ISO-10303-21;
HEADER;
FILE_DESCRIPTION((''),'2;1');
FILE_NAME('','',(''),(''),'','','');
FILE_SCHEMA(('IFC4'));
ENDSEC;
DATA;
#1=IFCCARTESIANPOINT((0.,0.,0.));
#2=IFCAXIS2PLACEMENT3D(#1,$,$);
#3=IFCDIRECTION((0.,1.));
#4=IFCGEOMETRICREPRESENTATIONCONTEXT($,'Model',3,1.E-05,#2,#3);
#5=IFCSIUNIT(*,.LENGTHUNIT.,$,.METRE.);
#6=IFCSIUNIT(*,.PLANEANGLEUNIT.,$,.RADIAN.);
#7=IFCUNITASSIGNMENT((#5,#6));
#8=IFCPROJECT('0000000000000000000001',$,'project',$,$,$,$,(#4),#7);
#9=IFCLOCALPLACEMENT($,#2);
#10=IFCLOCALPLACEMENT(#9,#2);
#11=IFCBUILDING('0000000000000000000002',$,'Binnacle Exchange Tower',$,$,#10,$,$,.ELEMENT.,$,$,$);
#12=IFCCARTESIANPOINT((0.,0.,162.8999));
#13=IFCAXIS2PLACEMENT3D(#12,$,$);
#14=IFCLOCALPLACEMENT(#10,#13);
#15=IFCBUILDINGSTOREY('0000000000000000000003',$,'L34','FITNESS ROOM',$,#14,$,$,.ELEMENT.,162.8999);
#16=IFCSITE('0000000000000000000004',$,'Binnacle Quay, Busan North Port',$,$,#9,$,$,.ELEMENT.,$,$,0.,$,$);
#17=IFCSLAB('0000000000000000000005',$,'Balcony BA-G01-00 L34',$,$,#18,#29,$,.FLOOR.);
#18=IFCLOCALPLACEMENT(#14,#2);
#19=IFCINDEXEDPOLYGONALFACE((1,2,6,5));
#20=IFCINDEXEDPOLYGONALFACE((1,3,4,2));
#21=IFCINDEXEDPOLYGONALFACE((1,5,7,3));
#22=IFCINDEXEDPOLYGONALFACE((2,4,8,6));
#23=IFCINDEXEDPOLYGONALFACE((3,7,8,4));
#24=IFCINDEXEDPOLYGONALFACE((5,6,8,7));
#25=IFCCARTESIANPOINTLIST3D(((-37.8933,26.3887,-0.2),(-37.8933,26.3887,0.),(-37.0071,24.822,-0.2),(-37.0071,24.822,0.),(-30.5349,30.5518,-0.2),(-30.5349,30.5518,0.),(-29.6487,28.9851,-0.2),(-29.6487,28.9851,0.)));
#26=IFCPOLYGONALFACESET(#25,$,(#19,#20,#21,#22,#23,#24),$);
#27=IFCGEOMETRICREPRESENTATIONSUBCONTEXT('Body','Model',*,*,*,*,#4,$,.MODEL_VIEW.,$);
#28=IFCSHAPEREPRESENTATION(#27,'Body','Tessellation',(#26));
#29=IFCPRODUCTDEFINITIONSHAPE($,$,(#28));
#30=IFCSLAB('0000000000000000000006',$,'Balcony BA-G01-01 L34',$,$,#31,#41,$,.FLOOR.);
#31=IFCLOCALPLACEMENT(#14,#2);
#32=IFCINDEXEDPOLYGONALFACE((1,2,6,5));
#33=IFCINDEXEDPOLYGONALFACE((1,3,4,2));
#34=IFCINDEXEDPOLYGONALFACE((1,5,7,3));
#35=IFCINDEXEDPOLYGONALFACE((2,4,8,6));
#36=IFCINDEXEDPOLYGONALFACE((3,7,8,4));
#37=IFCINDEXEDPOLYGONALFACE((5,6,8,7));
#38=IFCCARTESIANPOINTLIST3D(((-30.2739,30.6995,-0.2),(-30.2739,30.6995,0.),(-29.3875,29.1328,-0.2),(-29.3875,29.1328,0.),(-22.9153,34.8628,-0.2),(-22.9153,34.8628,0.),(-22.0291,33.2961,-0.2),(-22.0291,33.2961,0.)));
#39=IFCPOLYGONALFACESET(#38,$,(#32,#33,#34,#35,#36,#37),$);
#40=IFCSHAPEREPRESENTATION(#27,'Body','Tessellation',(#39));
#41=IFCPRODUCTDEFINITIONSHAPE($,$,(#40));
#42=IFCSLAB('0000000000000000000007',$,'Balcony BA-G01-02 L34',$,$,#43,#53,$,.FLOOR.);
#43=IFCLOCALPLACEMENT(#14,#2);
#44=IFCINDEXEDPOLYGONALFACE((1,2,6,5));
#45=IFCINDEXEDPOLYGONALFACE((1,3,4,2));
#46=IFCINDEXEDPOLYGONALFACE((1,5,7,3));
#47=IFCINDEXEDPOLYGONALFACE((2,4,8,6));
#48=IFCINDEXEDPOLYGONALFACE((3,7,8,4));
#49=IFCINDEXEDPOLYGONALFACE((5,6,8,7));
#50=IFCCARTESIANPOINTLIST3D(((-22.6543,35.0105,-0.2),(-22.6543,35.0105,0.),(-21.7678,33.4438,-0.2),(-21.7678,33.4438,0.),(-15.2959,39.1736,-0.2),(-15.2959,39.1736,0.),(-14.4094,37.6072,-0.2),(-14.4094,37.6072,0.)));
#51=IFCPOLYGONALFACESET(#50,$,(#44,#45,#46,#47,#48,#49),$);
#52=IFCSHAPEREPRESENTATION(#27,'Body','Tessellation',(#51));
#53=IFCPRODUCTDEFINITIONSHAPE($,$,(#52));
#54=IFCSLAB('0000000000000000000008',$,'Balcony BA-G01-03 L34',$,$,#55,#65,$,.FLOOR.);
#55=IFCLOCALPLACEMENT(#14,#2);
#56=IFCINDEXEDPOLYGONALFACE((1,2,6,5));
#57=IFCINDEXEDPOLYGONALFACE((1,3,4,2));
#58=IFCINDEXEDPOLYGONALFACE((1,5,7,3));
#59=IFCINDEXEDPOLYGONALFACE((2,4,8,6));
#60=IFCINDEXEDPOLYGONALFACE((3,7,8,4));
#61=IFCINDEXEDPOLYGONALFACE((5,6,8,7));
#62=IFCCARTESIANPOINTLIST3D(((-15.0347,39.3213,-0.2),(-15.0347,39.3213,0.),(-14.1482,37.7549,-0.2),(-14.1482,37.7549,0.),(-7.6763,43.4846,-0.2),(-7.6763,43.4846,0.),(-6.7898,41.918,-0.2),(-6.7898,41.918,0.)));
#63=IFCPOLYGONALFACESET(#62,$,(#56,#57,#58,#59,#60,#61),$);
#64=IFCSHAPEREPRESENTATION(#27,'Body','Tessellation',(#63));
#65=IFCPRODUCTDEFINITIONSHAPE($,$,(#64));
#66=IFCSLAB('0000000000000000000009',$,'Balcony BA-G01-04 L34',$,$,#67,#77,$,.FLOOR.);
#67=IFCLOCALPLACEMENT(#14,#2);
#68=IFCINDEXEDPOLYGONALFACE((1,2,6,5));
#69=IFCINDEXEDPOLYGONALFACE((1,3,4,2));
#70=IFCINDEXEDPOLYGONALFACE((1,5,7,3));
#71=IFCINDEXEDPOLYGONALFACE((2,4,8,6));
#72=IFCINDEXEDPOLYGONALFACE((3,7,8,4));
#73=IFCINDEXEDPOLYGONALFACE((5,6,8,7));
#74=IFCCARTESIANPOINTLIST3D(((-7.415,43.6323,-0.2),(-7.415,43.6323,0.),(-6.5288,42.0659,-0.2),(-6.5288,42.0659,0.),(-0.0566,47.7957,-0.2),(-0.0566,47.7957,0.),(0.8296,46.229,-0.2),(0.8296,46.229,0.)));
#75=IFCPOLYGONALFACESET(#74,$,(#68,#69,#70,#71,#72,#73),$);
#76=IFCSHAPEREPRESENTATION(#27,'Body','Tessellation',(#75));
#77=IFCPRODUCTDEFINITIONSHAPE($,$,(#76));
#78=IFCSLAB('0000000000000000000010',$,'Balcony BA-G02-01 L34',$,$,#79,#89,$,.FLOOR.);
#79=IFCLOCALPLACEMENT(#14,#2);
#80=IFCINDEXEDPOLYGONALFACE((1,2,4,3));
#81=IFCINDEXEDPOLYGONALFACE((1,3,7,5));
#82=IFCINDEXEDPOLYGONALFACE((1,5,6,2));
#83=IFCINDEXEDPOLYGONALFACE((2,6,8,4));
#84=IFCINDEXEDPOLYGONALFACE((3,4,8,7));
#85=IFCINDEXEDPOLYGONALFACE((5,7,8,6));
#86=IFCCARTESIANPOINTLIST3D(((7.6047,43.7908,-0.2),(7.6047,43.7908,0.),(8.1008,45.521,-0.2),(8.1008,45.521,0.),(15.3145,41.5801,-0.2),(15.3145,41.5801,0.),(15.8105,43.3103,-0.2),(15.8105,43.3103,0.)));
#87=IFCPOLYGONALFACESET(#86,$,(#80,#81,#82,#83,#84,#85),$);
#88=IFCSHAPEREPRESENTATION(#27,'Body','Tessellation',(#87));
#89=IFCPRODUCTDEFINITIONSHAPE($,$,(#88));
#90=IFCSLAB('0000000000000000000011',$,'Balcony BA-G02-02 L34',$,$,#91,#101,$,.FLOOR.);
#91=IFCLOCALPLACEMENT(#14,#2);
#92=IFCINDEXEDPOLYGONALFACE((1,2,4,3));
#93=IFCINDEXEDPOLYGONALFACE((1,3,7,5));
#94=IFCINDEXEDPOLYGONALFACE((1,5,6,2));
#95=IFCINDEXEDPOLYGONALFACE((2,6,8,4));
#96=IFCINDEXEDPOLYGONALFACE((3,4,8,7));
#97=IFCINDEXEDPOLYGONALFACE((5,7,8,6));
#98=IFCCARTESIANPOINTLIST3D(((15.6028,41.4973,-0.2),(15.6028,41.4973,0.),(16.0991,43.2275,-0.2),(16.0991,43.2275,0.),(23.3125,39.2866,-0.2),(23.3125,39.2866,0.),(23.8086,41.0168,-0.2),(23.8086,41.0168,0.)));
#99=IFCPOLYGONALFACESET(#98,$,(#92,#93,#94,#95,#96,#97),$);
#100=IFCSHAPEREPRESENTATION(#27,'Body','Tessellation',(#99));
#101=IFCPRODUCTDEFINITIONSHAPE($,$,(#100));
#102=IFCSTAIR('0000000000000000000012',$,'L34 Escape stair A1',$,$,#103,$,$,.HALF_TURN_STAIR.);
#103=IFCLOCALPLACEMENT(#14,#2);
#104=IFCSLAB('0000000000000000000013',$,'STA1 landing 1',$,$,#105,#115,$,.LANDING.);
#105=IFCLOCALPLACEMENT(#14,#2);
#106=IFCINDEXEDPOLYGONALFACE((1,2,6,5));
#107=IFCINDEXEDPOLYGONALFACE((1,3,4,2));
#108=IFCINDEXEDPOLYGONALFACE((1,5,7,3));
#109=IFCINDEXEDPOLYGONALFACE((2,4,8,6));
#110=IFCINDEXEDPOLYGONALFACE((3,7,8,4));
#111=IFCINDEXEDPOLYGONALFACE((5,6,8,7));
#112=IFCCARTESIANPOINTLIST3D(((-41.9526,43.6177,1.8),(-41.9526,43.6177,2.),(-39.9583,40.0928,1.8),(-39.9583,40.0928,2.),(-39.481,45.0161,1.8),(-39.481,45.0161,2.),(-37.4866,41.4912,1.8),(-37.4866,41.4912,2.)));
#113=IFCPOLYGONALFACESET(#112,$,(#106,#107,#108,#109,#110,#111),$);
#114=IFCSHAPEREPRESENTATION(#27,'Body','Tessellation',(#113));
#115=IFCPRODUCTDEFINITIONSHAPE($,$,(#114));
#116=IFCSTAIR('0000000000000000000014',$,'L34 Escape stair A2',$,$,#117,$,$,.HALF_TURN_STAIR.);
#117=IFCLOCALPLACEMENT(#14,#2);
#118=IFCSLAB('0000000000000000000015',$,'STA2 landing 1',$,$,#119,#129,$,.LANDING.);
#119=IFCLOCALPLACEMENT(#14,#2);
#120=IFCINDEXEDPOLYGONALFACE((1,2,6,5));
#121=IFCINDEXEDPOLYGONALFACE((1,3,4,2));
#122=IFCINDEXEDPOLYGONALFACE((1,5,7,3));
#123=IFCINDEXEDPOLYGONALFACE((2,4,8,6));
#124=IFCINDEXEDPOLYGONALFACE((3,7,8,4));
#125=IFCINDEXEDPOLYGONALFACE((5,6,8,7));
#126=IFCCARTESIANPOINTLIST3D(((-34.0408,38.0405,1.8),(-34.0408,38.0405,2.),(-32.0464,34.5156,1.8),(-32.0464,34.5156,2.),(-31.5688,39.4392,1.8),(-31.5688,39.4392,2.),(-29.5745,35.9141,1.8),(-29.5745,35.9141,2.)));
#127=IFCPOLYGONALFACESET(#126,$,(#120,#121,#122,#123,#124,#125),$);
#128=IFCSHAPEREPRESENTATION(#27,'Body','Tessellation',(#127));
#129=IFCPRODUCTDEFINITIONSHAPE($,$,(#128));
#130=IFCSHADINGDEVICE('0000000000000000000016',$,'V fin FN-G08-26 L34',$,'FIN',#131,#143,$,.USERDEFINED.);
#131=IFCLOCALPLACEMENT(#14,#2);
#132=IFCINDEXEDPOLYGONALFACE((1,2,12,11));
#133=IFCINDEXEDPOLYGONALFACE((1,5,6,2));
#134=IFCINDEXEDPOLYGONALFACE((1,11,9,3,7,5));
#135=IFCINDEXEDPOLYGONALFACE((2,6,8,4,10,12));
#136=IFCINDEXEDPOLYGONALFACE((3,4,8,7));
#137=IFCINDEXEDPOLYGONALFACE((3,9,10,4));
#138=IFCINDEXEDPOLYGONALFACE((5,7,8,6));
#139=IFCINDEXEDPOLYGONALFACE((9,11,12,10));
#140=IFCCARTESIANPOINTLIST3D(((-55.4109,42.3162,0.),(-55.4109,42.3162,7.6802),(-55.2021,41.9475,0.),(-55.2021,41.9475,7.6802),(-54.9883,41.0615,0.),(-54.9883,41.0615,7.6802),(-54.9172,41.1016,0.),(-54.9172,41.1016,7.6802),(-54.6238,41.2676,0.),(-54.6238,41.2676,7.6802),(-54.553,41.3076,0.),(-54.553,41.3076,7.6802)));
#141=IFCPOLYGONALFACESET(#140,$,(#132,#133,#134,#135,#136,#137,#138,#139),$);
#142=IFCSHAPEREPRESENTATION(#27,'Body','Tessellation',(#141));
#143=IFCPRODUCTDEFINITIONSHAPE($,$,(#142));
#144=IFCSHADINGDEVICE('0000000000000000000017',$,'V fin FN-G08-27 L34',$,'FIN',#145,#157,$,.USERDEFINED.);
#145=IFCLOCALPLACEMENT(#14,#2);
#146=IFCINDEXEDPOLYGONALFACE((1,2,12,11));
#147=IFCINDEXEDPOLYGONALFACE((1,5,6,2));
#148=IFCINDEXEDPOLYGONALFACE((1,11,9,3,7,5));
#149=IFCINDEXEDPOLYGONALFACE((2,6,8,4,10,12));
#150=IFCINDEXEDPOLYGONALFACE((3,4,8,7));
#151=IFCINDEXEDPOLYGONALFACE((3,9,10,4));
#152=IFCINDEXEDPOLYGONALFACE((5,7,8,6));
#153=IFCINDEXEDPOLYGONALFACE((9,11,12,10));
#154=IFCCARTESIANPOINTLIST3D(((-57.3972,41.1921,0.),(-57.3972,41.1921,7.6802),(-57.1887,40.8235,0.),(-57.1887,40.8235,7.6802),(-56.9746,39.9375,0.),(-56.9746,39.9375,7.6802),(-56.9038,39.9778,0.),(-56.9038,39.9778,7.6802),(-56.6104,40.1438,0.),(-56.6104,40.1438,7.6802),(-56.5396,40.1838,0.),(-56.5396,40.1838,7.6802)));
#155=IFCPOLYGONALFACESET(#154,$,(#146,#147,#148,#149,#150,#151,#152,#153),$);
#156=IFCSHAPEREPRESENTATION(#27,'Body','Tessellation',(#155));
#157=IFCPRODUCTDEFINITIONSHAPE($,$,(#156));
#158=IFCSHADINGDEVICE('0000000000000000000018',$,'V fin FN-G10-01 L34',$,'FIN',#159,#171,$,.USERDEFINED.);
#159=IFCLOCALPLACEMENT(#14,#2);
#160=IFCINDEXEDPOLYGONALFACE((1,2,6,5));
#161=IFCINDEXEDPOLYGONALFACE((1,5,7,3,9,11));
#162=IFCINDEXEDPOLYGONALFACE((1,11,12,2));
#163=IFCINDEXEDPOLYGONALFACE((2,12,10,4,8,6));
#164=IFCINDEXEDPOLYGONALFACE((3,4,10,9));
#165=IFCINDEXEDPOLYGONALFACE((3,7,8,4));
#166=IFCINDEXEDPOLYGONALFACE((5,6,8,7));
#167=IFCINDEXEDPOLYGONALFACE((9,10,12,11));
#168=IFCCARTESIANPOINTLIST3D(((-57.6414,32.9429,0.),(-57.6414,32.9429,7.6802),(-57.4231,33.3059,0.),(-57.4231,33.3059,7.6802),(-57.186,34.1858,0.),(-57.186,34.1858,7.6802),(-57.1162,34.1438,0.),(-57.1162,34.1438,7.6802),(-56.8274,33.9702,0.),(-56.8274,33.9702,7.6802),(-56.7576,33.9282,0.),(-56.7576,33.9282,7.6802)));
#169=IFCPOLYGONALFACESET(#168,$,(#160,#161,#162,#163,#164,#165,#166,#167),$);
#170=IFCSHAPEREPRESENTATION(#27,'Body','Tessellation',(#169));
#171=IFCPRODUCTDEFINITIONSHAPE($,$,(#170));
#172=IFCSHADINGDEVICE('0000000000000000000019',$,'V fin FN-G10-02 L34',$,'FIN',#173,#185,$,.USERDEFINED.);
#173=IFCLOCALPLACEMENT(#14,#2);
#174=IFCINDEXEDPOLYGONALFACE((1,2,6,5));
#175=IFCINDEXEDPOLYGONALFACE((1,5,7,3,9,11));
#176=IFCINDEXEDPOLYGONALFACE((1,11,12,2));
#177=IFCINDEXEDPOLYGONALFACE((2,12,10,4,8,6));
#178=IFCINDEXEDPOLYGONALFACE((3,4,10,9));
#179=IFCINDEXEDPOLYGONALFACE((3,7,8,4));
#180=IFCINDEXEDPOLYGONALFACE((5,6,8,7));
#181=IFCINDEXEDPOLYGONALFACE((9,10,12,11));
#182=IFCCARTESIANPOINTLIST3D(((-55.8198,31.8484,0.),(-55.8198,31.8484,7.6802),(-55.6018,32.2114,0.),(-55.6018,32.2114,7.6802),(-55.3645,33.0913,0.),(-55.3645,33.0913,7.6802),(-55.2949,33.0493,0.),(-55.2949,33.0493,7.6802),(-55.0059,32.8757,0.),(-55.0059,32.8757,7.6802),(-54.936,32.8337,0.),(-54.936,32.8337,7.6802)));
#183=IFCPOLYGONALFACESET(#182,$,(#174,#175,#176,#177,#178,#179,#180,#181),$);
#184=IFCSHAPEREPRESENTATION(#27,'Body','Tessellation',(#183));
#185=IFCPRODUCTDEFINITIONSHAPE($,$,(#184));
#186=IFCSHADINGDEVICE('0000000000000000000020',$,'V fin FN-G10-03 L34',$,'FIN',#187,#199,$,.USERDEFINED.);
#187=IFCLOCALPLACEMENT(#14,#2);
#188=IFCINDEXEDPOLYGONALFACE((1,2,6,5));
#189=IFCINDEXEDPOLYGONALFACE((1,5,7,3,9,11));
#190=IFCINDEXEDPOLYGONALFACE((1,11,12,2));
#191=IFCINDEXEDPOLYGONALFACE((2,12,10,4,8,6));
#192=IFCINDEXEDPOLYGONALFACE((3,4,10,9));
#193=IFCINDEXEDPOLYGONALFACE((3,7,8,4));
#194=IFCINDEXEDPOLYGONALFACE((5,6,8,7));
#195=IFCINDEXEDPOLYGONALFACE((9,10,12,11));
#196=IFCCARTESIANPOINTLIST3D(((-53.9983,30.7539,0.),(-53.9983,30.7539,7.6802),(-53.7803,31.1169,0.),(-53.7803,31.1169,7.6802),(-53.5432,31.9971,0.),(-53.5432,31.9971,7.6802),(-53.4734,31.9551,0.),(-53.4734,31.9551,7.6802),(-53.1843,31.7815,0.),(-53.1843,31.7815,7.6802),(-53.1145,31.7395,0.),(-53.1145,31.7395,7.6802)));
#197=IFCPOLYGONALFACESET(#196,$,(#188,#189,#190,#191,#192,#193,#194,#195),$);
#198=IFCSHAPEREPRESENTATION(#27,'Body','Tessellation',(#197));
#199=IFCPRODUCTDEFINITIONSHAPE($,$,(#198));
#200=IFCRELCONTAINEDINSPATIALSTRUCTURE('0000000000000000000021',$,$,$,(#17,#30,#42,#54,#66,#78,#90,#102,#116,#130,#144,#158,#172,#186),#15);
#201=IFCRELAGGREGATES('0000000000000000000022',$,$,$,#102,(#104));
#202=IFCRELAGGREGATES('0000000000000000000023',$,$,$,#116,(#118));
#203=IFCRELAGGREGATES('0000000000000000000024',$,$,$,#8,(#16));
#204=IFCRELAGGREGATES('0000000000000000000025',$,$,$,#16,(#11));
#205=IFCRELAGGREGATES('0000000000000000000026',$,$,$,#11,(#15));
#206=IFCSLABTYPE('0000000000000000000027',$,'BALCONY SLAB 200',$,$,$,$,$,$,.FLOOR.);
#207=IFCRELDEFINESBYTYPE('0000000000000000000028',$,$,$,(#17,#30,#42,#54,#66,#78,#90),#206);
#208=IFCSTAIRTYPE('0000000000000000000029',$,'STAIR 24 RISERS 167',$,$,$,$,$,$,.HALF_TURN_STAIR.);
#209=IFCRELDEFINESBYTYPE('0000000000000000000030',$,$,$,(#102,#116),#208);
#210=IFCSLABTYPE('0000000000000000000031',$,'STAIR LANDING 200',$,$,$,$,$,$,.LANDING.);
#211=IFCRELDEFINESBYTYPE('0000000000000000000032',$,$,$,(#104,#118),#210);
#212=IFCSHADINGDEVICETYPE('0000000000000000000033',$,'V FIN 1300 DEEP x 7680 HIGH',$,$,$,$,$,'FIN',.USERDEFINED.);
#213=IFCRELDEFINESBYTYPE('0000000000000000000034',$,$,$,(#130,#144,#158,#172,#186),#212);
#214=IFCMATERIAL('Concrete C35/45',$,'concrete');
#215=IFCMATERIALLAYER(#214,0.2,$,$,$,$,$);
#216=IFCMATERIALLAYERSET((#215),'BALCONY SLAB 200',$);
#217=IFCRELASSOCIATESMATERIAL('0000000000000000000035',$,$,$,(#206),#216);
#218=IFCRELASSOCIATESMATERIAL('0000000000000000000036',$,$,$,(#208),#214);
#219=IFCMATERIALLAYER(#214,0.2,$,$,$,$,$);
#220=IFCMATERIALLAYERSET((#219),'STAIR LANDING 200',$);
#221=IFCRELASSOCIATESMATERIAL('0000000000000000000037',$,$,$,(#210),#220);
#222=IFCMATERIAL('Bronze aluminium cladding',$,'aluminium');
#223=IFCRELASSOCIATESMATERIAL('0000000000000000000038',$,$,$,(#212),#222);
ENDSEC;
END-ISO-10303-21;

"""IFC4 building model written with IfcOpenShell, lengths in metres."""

from ifc_helpers import new_model, si_unit, direction, frame, origin, place, context, subcontext, project, spatial, polyline, outline, extrude, material, layer, layer_set, type_object, element, aggregate, save


model = new_model("IFC4")

# Units and contexts
model_context = context("Model", 3, precision=1e-05, world=origin(), true_north=direction((0.0, 1.0)))
body_context = subcontext(model_context, "Body", "Model", "MODEL_VIEW")
ifc_project = project(units=[si_unit("LENGTHUNIT", "METRE"), si_unit("PLANEANGLEUNIT", "RADIAN")], contexts=[model_context])

# Site, building, storey
site_placement = place(None, origin())
site = spatial("IfcSite", under=ifc_project, at=site_placement, Name="Binnacle Quay, Busan North Port", CompositionType="ELEMENT", RefElevation=0.0)
building_placement = place(site_placement, origin())
building = spatial("IfcBuilding", under=site, at=building_placement, Name="Binnacle Exchange Tower", CompositionType="ELEMENT")
storey_placement = place(building_placement, frame((0.0, 0.0, 162.8999)))
storey = spatial("IfcBuildingStorey", under=building, at=storey_placement, Name="L34", Description="FITNESS ROOM", CompositionType="ELEMENT", Elevation=162.8999)

# Slabs
ifc_material_1 = material(Name="Concrete C35/45", Category="concrete")
ifc_layer_1 = layer(ifc_material_1, 0.2)
ifc_layer_set_1 = layer_set([ifc_layer_1], Name="BALCONY SLAB 200")
slab_type_1 = type_object("IfcSlabType", Name="BALCONY SLAB 200", PredefinedType="FLOOR", material=ifc_layer_set_1)
slab_1_placement = place(storey_placement, frame((0.0, 0.0, -0.2)))
element("IfcSlab", 1, at=slab_1_placement, inside=storey, type_object=slab_type_1, Name="Balcony BA-G01-00 L34", PredefinedType="FLOOR", context=body_context, shape_type="SweptSolid", body=[
    extrude(outline(polyline([(-37.8933, 26.3887), (-30.5349, 30.5518), (-29.6487, 28.9851), (-37.0071, 24.822), (-37.8933, 26.3887)])), origin(), (0.0, 0.0, 1.0), 0.2),
])
slab_2_placement = place(storey_placement, frame((0.0, 0.0, -0.2)))
element("IfcSlab", 2, at=slab_2_placement, inside=storey, type_object=slab_type_1, Name="Balcony BA-G01-01 L34", PredefinedType="FLOOR", context=body_context, shape_type="SweptSolid", body=[
    extrude(outline(polyline([(-30.2739, 30.6995), (-22.9153, 34.8628), (-22.0291, 33.2961), (-29.3875, 29.1328), (-30.2739, 30.6995)])), origin(), (0.0, 0.0, 1.0), 0.2),
])
slab_3_placement = place(storey_placement, frame((0.0, 0.0, -0.2)))
element("IfcSlab", 3, at=slab_3_placement, inside=storey, type_object=slab_type_1, Name="Balcony BA-G01-02 L34", PredefinedType="FLOOR", context=body_context, shape_type="SweptSolid", body=[
    extrude(outline(polyline([(-22.6543, 35.0105), (-15.2959, 39.1736), (-14.4094, 37.6072), (-21.7678, 33.4438), (-22.6543, 35.0105)])), origin(), (0.0, 0.0, 1.0), 0.2),
])
slab_4_placement = place(storey_placement, frame((0.0, 0.0, -0.2)))
element("IfcSlab", 4, at=slab_4_placement, inside=storey, type_object=slab_type_1, Name="Balcony BA-G01-03 L34", PredefinedType="FLOOR", context=body_context, shape_type="SweptSolid", body=[
    extrude(outline(polyline([(-15.0347, 39.3213), (-7.6763, 43.4846), (-6.7898, 41.918), (-14.1482, 37.7549), (-15.0347, 39.3213)])), origin(), (0.0, 0.0, 1.0), 0.2),
])
slab_5_placement = place(storey_placement, frame((0.0, 0.0, -0.2)))
element("IfcSlab", 5, at=slab_5_placement, inside=storey, type_object=slab_type_1, Name="Balcony BA-G01-04 L34", PredefinedType="FLOOR", context=body_context, shape_type="SweptSolid", body=[
    extrude(outline(polyline([(-7.415, 43.6323), (-0.0566, 47.7957), (0.8296, 46.229), (-6.5288, 42.0659), (-7.415, 43.6323)])), origin(), (0.0, 0.0, 1.0), 0.2),
])
slab_6_placement = place(storey_placement, frame((0.0, 0.0, -0.2)))
element("IfcSlab", 6, at=slab_6_placement, inside=storey, type_object=slab_type_1, Name="Balcony BA-G02-01 L34", PredefinedType="FLOOR", context=body_context, shape_type="SweptSolid", body=[
    extrude(outline(polyline([(8.1008, 45.521), (15.8105, 43.3103), (15.3145, 41.5801), (7.6047, 43.7908), (8.1008, 45.521)])), origin(), (0.0, 0.0, 1.0), 0.2),
])
slab_7_placement = place(storey_placement, frame((0.0, 0.0, -0.2)))
element("IfcSlab", 7, at=slab_7_placement, inside=storey, type_object=slab_type_1, Name="Balcony BA-G02-02 L34", PredefinedType="FLOOR", context=body_context, shape_type="SweptSolid", body=[
    extrude(outline(polyline([(16.0991, 43.2275), (23.8086, 41.0168), (23.3125, 39.2866), (15.6028, 41.4973), (16.0991, 43.2275)])), origin(), (0.0, 0.0, 1.0), 0.2),
])

# Stairs, slabs
stair_type = type_object("IfcStairType", Name="STAIR 24 RISERS 167", PredefinedType="HALF_TURN_STAIR", material=ifc_material_1)
stair_1_placement = place(storey_placement, origin())
stair_1 = element("IfcStair", 8, at=stair_1_placement, inside=storey, type_object=stair_type, Name="L34 Escape stair A1", PredefinedType="HALF_TURN_STAIR")
ifc_layer_2 = layer(ifc_material_1, 0.2)
ifc_layer_set_2 = layer_set([ifc_layer_2], Name="STAIR LANDING 200")
slab_type_2 = type_object("IfcSlabType", Name="STAIR LANDING 200", PredefinedType="LANDING", material=ifc_layer_set_2)
slab_8_placement = place(storey_placement, frame((0.0, 0.0, 1.8)))
slab_8 = element("IfcSlab", 9, at=slab_8_placement, type_object=slab_type_2, Name="STA1 landing 1", PredefinedType="LANDING", context=body_context, shape_type="SweptSolid", body=[
    extrude(outline(polyline([(-39.9583, 40.0928), (-37.4866, 41.4912), (-39.481, 45.0161), (-41.9526, 43.6177), (-39.9583, 40.0928)])), origin(), (0.0, 0.0, 1.0), 0.2),
])
aggregate(stair_1, [slab_8])
stair_2_placement = place(storey_placement, origin())
stair_2 = element("IfcStair", 10, at=stair_2_placement, inside=storey, type_object=stair_type, Name="L34 Escape stair A2", PredefinedType="HALF_TURN_STAIR")
slab_9_placement = place(storey_placement, frame((0.0, 0.0, 1.8)))
slab_9 = element("IfcSlab", 11, at=slab_9_placement, type_object=slab_type_2, Name="STA2 landing 1", PredefinedType="LANDING", context=body_context, shape_type="SweptSolid", body=[
    extrude(outline(polyline([(-31.5688, 39.4392), (-34.0408, 38.0405), (-32.0464, 34.5156), (-29.5745, 35.9141), (-31.5688, 39.4392)])), origin(), (0.0, 0.0, 1.0), 0.2),
])
aggregate(stair_2, [slab_9])

# Shading devices
ifc_material_2 = material(Name="Bronze aluminium cladding", Category="aluminium")
shading_device_type = type_object("IfcShadingDeviceType", Name="V FIN 1300 DEEP x 7680 HIGH", ElementType="FIN", PredefinedType="USERDEFINED", material=ifc_material_2)
shading_device_1_placement = place(storey_placement, origin())
element("IfcShadingDevice", 12, at=shading_device_1_placement, inside=storey, type_object=shading_device_type, Name="V fin FN-G08-26 L34", ObjectType="FIN", PredefinedType="USERDEFINED", context=body_context, shape_type="SweptSolid", body=[
    extrude(outline(polyline([(-54.553, 41.3076), (-55.4109, 42.3162), (-54.9883, 41.0615), (-54.9172, 41.1016), (-55.2021, 41.9475), (-54.6238, 41.2676), (-54.553, 41.3076)])), origin(), (0.0, 0.0, 1.0), 7.6802),
])
shading_device_2_placement = place(storey_placement, origin())
element("IfcShadingDevice", 13, at=shading_device_2_placement, inside=storey, type_object=shading_device_type, Name="V fin FN-G08-27 L34", ObjectType="FIN", PredefinedType="USERDEFINED", context=body_context, shape_type="SweptSolid", body=[
    extrude(outline(polyline([(-56.5396, 40.1838), (-57.3972, 41.1921), (-56.9746, 39.9375), (-56.9038, 39.9778), (-57.1887, 40.8235), (-56.6104, 40.1438), (-56.5396, 40.1838)])), origin(), (0.0, 0.0, 1.0), 7.6802),
])
shading_device_3_placement = place(storey_placement, origin())
element("IfcShadingDevice", 14, at=shading_device_3_placement, inside=storey, type_object=shading_device_type, Name="V fin FN-G10-01 L34", ObjectType="FIN", PredefinedType="USERDEFINED", context=body_context, shape_type="SweptSolid", body=[
    extrude(outline(polyline([(-57.186, 34.1858), (-57.6414, 32.9429), (-56.7576, 33.9282), (-56.8274, 33.9702), (-57.4231, 33.3059), (-57.1162, 34.1438), (-57.186, 34.1858)])), origin(), (0.0, 0.0, 1.0), 7.6802),
])
shading_device_4_placement = place(storey_placement, origin())
element("IfcShadingDevice", 15, at=shading_device_4_placement, inside=storey, type_object=shading_device_type, Name="V fin FN-G10-02 L34", ObjectType="FIN", PredefinedType="USERDEFINED", context=body_context, shape_type="SweptSolid", body=[
    extrude(outline(polyline([(-55.3645, 33.0913), (-55.8198, 31.8484), (-54.936, 32.8337), (-55.0059, 32.8757), (-55.6018, 32.2114), (-55.2949, 33.0493), (-55.3645, 33.0913)])), origin(), (0.0, 0.0, 1.0), 7.6802),
])
shading_device_5_placement = place(storey_placement, origin())
element("IfcShadingDevice", 16, at=shading_device_5_placement, inside=storey, type_object=shading_device_type, Name="V fin FN-G10-03 L34", ObjectType="FIN", PredefinedType="USERDEFINED", context=body_context, shape_type="SweptSolid", body=[
    extrude(outline(polyline([(-53.5432, 31.9971), (-53.9983, 30.7539), (-53.1145, 31.7395), (-53.1843, 31.7815), (-53.7803, 31.1169), (-53.4734, 31.9551), (-53.5432, 31.9971)])), origin(), (0.0, 0.0, 1.0), 7.6802),
])

save(model, "model.ifc")
